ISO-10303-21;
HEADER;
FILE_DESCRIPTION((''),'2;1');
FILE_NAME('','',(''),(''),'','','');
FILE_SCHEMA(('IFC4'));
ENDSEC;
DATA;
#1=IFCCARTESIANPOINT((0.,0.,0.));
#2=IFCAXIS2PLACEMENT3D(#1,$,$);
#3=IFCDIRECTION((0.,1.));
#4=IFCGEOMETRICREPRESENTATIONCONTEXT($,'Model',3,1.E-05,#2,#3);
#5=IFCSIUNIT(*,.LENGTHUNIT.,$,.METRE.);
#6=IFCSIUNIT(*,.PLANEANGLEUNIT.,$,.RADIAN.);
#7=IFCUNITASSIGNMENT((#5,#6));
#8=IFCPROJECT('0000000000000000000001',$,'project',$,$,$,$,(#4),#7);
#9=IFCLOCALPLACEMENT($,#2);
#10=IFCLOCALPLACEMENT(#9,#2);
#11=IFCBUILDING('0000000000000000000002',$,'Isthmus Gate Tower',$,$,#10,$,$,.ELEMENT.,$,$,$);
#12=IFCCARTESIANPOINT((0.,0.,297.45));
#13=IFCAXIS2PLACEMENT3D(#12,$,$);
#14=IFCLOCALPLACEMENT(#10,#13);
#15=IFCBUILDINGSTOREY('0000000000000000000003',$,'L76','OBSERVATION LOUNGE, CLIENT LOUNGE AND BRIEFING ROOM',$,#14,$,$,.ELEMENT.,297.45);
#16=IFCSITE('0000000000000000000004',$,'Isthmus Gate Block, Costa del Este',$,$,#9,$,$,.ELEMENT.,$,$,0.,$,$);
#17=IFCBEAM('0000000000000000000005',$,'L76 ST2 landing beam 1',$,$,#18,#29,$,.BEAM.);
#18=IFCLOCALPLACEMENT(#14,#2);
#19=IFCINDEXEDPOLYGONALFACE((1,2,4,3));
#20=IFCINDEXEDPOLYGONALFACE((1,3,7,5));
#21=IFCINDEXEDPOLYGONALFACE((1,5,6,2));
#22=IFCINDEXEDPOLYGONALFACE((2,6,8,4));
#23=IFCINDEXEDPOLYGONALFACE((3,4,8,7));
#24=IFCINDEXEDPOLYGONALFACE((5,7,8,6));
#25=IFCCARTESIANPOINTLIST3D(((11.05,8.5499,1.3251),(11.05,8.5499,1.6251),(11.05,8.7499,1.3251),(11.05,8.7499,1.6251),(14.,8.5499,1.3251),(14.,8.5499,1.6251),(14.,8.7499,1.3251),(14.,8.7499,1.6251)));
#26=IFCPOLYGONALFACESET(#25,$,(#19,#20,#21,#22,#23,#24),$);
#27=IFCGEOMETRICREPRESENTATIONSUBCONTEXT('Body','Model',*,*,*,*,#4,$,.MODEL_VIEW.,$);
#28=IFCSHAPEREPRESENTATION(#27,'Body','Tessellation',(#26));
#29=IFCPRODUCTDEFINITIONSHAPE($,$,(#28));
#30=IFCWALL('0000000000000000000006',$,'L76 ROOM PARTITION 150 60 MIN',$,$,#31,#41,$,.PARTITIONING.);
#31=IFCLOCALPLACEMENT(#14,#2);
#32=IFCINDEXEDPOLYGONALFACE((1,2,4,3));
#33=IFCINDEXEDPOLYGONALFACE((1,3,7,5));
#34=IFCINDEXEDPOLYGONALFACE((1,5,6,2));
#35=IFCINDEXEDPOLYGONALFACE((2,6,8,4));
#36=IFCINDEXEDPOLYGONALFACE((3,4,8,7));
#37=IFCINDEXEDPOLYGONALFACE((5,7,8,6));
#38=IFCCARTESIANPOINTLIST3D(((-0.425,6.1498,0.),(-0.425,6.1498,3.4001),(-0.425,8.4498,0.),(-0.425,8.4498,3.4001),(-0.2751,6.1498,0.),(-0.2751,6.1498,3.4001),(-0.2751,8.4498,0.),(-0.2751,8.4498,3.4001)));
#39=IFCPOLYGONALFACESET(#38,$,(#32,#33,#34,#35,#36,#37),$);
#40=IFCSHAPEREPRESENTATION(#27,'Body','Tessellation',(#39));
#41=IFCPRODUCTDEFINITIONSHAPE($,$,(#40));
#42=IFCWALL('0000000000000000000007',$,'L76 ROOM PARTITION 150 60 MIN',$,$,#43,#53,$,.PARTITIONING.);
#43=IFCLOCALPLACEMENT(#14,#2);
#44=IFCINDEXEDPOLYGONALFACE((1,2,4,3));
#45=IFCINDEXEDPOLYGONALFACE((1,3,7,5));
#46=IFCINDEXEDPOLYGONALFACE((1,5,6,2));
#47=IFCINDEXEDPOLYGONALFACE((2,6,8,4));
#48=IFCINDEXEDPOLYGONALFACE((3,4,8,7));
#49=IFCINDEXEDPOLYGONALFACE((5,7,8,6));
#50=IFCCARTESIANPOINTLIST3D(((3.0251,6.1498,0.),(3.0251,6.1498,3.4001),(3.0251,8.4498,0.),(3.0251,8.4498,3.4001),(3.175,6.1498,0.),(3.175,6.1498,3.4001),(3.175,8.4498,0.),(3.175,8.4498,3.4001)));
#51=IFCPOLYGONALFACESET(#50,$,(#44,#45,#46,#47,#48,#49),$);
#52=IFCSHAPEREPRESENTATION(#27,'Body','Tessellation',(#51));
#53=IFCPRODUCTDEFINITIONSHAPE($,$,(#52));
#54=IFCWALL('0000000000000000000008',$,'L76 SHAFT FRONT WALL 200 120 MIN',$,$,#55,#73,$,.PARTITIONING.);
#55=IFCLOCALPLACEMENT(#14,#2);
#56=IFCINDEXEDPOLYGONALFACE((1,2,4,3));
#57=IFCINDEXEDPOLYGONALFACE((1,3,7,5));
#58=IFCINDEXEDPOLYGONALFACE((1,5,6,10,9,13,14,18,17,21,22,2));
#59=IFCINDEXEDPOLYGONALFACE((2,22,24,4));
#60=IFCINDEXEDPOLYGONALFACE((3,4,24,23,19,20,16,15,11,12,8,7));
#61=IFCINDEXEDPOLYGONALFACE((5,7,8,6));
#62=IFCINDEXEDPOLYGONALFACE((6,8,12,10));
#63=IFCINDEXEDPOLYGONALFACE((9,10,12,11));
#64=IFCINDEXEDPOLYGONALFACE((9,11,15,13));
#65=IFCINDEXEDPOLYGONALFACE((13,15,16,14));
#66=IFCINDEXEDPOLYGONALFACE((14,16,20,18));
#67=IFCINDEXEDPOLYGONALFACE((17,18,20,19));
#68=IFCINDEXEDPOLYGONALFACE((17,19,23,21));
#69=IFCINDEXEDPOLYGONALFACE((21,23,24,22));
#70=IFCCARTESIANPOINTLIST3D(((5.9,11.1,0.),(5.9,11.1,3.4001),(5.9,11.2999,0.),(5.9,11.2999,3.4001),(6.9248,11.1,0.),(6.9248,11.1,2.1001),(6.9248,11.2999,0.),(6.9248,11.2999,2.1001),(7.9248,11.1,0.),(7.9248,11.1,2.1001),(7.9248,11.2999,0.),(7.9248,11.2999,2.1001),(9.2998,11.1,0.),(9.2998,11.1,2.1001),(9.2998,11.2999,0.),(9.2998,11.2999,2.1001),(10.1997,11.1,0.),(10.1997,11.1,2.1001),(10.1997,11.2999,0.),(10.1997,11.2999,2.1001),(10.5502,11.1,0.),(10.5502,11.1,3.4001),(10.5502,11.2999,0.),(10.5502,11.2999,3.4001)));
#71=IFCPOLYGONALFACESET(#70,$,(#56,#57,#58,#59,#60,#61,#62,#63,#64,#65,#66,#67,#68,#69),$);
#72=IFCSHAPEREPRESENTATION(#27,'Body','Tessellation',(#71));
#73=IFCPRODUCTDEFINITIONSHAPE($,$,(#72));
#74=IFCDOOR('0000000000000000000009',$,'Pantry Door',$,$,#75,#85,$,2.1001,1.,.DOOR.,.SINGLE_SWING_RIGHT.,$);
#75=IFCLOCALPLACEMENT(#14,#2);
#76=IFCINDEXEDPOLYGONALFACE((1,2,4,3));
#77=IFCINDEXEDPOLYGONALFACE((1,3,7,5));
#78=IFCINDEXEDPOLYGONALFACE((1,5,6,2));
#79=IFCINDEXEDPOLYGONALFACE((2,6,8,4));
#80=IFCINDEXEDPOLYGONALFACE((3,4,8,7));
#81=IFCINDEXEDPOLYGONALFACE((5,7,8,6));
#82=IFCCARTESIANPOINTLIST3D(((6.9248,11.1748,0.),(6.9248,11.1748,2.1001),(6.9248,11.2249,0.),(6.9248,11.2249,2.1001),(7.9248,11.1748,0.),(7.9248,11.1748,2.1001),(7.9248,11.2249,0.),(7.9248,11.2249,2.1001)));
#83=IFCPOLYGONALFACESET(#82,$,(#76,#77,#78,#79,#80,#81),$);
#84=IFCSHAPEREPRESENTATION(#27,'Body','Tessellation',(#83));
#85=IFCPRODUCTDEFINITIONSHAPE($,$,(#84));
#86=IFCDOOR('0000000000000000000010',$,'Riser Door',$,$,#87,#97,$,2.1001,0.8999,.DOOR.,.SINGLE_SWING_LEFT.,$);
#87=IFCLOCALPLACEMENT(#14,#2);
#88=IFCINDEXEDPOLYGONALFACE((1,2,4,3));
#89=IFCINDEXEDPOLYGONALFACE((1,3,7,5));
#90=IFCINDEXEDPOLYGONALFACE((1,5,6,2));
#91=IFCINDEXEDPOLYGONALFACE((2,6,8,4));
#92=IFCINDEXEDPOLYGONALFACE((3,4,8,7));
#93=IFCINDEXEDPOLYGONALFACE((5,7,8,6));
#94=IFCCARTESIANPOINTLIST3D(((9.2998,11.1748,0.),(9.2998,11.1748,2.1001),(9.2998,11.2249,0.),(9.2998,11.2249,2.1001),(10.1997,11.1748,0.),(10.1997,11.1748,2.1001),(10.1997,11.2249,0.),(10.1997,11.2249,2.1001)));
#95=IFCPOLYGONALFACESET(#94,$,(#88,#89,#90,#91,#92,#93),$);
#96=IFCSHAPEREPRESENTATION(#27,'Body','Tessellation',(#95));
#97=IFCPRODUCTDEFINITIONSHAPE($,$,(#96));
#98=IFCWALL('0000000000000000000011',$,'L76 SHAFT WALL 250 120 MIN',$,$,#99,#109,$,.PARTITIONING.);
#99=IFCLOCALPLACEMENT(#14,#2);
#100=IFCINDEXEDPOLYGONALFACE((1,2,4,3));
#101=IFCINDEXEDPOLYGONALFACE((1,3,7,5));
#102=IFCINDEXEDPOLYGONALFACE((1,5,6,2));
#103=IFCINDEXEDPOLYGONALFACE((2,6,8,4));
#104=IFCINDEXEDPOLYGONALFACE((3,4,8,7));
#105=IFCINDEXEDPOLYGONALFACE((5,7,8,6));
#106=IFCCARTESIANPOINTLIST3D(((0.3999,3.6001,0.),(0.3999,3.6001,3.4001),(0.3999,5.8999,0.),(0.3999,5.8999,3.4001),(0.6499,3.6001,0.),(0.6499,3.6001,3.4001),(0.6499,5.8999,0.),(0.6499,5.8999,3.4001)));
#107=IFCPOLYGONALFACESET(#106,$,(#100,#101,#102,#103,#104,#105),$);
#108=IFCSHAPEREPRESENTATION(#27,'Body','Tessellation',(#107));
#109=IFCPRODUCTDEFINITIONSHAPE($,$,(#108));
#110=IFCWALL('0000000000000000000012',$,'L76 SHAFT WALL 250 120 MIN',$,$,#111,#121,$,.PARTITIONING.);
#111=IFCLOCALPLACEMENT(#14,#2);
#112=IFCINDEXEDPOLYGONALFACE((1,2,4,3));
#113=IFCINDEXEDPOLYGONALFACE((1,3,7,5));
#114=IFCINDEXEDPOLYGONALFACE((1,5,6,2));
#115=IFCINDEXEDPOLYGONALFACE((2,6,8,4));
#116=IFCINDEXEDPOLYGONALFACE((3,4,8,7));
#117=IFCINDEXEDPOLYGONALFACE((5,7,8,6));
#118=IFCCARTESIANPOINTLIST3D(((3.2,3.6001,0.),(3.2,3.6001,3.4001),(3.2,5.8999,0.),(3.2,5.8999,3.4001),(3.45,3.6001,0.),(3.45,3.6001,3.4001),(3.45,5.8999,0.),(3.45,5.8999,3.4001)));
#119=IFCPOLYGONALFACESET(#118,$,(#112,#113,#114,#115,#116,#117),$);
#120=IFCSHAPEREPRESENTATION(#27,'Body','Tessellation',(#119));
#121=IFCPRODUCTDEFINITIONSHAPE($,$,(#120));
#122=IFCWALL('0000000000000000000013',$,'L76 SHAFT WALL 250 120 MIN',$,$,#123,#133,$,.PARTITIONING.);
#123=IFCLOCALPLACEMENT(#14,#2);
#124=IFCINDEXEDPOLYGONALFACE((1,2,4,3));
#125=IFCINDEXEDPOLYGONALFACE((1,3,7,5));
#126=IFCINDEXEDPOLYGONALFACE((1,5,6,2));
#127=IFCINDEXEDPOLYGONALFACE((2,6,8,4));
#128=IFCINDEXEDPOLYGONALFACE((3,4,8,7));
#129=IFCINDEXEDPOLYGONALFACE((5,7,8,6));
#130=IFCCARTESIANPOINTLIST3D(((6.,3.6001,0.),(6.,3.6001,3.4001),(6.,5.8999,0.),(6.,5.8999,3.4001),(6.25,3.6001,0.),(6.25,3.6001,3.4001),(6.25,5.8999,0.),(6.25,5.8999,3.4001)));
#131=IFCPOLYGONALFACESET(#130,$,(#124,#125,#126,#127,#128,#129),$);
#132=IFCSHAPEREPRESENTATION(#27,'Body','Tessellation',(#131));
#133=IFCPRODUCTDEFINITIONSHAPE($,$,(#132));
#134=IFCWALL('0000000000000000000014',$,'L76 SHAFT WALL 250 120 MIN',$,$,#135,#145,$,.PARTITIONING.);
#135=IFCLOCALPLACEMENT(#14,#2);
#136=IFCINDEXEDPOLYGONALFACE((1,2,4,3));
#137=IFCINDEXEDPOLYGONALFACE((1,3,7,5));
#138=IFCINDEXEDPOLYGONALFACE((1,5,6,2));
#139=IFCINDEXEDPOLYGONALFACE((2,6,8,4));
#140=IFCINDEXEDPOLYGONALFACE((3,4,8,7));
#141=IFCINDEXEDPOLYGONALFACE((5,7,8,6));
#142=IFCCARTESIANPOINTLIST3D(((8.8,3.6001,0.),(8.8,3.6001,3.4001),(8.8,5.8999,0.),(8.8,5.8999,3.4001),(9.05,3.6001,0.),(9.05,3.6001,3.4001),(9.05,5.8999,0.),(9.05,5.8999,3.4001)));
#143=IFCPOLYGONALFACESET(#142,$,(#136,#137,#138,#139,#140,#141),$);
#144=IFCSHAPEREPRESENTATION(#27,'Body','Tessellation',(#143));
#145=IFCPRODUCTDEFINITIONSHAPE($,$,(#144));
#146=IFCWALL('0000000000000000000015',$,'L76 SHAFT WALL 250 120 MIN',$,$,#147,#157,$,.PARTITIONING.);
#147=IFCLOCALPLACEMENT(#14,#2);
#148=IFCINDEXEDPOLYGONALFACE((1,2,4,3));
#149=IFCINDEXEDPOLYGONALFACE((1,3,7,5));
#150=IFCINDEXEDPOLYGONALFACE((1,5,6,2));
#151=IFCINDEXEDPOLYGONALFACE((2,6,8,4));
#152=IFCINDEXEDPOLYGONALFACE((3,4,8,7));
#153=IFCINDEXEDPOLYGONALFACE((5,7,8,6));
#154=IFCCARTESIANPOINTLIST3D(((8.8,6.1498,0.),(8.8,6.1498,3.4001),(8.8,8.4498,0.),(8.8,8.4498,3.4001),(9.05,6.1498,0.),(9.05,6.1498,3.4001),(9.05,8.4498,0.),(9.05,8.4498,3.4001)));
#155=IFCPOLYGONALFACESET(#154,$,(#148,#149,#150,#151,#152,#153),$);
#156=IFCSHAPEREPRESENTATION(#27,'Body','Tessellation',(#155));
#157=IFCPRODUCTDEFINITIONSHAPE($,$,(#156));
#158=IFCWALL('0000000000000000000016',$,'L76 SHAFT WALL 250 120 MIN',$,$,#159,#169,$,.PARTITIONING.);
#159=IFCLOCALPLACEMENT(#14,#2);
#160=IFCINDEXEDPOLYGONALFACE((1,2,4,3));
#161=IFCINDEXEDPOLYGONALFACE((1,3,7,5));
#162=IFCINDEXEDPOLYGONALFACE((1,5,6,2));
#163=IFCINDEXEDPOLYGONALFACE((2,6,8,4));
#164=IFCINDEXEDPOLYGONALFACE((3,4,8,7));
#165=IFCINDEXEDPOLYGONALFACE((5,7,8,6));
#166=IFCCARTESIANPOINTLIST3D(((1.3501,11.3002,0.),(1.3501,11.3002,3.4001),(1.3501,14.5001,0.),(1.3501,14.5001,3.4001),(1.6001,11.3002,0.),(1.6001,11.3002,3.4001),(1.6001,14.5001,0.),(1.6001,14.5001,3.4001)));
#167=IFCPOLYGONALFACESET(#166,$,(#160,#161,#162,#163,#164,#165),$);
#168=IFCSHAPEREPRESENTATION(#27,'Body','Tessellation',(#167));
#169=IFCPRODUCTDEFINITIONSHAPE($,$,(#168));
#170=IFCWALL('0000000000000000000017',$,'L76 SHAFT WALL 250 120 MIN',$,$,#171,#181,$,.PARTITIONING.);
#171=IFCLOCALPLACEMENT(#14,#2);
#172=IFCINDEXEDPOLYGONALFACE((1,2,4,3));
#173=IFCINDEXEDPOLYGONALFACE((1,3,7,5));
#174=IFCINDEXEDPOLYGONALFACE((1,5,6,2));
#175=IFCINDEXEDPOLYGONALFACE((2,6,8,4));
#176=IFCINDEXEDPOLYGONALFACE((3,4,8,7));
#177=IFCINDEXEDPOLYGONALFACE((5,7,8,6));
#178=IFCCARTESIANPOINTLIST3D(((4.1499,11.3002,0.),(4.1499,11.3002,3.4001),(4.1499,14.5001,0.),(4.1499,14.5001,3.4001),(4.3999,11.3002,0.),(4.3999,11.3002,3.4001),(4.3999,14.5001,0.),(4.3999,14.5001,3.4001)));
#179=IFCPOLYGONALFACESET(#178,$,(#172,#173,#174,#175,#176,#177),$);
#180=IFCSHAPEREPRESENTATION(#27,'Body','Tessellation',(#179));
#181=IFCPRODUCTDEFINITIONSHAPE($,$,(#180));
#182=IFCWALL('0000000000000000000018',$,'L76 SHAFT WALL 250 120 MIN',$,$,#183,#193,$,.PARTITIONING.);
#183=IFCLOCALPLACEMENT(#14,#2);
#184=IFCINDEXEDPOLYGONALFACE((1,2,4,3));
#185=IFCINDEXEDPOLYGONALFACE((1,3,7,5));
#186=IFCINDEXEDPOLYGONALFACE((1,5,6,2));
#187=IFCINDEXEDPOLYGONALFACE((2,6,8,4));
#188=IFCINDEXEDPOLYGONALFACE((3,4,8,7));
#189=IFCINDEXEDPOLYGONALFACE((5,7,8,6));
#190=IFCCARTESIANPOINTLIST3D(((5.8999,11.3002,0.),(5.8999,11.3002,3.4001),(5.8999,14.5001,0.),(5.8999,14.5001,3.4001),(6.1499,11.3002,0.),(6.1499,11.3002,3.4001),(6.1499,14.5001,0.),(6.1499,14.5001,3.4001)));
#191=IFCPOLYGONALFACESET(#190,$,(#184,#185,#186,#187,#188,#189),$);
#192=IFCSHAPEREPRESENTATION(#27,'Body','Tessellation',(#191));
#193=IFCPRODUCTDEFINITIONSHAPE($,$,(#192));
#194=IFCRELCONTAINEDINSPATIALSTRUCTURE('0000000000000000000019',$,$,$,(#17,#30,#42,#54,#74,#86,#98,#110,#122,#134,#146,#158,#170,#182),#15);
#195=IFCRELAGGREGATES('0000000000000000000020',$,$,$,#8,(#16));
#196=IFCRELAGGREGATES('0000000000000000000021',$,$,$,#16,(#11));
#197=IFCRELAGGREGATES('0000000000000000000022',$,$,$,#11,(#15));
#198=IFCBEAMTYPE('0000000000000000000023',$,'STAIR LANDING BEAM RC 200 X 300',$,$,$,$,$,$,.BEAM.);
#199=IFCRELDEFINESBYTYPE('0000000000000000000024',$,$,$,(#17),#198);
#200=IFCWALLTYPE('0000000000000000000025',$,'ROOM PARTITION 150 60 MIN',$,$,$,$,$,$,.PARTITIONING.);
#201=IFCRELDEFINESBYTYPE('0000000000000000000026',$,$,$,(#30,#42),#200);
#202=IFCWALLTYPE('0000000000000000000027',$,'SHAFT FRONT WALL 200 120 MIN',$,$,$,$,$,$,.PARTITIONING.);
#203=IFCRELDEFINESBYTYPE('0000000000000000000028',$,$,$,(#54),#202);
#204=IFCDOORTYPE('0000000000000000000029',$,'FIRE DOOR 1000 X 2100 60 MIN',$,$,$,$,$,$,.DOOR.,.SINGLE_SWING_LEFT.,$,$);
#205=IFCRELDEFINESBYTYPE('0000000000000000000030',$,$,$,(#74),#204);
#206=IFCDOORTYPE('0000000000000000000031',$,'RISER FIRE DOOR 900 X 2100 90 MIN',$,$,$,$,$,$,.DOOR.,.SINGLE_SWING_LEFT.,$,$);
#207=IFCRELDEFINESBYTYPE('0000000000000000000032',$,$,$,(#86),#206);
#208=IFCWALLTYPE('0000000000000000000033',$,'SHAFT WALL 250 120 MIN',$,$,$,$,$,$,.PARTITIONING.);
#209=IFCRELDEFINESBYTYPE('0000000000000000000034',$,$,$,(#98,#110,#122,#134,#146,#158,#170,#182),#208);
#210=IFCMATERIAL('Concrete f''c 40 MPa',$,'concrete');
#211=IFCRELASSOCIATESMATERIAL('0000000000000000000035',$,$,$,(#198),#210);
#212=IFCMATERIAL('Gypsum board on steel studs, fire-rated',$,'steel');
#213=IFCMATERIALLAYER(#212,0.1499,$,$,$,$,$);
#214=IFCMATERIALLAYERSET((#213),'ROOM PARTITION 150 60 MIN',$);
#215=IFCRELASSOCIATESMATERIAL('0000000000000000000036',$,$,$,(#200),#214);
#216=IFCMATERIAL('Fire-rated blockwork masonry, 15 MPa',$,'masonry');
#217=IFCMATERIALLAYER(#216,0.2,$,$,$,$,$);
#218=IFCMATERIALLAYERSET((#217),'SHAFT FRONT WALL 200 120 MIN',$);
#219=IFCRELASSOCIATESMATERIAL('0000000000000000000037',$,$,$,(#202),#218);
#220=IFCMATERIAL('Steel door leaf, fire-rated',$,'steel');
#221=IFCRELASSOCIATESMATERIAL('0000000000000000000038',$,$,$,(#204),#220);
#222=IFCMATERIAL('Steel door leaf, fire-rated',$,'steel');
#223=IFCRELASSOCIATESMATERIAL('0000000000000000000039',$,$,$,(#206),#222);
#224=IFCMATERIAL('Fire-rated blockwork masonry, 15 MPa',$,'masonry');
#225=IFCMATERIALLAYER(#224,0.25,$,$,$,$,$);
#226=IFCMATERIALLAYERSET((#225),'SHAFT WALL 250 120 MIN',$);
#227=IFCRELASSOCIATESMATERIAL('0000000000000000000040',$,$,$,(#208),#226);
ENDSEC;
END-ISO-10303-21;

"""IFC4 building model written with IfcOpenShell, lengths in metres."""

from ifc_helpers import new_model, si_unit, direction, frame, frame_2d, origin, origin_2d, place, context, subcontext, project, spatial, rectangle, extrude, material, layer, layer_set, material_profile, profile_set, type_object, element, fill, save


model = new_model("IFC4")

# Units and contexts
model_context = context("Model", 3, precision=1e-05, world=origin(), true_north=direction((0.0, 1.0)))
body_context = subcontext(model_context, "Body", "Model", "MODEL_VIEW")
ifc_project = project(units=[si_unit("LENGTHUNIT", "METRE"), si_unit("PLANEANGLEUNIT", "RADIAN")], contexts=[model_context])

# Site, building, storey
site_placement = place(None, origin())
site = spatial("IfcSite", under=ifc_project, at=site_placement, Name="Isthmus Gate Block, Costa del Este", CompositionType="ELEMENT", RefElevation=0.0)
building_placement = place(site_placement, origin())
building = spatial("IfcBuilding", under=site, at=building_placement, Name="Isthmus Gate Tower", CompositionType="ELEMENT")
storey_placement = place(building_placement, frame((0.0, 0.0, 297.45)))
storey = spatial("IfcBuildingStorey", under=building, at=storey_placement, Name="L76", Description="OBSERVATION LOUNGE, CLIENT LOUNGE AND BRIEFING ROOM", CompositionType="ELEMENT", Elevation=297.45)

# Beam
ifc_material_1 = material(Name="Concrete f'c 40 MPa", Category="concrete")
ifc_material_profile = material_profile(ifc_material_1, rectangle(XDim=0.2, YDim=0.3, at=origin_2d()), Name="STAIR LANDING BEAM RC 200 X 300")
ifc_profile_set = profile_set([ifc_material_profile], Name="Concrete f'c 40 MPa")
beam_type = type_object("IfcBeamType", Name="STAIR LANDING BEAM RC 200 X 300", PredefinedType="BEAM", material=ifc_profile_set)
beam_placement = place(storey_placement, frame((11.05, 8.6499, 1.4751), z_axis=(1.0, 0.0, 0.0), x_axis=(0.0, 1.0, 0.0)))
element("IfcBeam", 1, at=beam_placement, inside=storey, type_object=beam_type, Name="L76 ST2 landing beam 1", PredefinedType="BEAM", context=body_context, shape_type="SweptSolid", body=[
    extrude(rectangle(XDim=0.2, YDim=0.3, at=origin_2d()), origin(), (0.0, 0.0, 1.0), 2.95),
])

# Walls
ifc_material_2 = material(Name="Gypsum board on steel studs, fire-rated", Category="steel")
ifc_layer_1 = layer(ifc_material_2, 0.1499)
ifc_layer_set_1 = layer_set([ifc_layer_1], Name="ROOM PARTITION 150 60 MIN")
wall_type_1 = type_object("IfcWallType", Name="ROOM PARTITION 150 60 MIN", PredefinedType="PARTITIONING", material=ifc_layer_set_1)
for number, where, z_axis, x_axis, name in (
    (2, (-0.3501, 6.1499, 0.0), (0.0, 0.0, 1.0), (0.0, 1.0, 0.0), "L76 ROOM PARTITION 150 60 MIN"),
    (3, (3.1001, 6.1499, 0.0), (0.0, 0.0, 1.0), (0.0, 1.0, 0.0), "L76 ROOM PARTITION 150 60 MIN"),
):
    element("IfcWall", number, at=place(storey_placement, frame(where, z_axis=z_axis, x_axis=x_axis)), inside=storey, type_object=wall_type_1, Name=name, PredefinedType="PARTITIONING", context=body_context, shape_type="SweptSolid", body=[
        extrude(rectangle(XDim=2.3, YDim=0.1499, at=frame_2d((1.1499, 0.0))), origin(), (0.0, 0.0, 1.0), 3.4001),
    ])

# Wall, openings, doors
ifc_material_3 = material(Name="Fire-rated blockwork masonry, 15 MPa", Category="masonry")
ifc_layer_2 = layer(ifc_material_3, 0.2)
ifc_layer_set_2 = layer_set([ifc_layer_2], Name="SHAFT FRONT WALL 200 120 MIN")
wall_type_2 = type_object("IfcWallType", Name="SHAFT FRONT WALL 200 120 MIN", PredefinedType="PARTITIONING", material=ifc_layer_set_2)
wall_1_placement = place(storey_placement, frame((5.8999, 11.2, 0.0), z_axis=(0.0, 0.0, 1.0), x_axis=(1.0, 0.0, 0.0)))
wall_1 = element("IfcWall", 4, at=wall_1_placement, inside=storey, type_object=wall_type_2, Name="L76 SHAFT FRONT WALL 200 120 MIN", PredefinedType="PARTITIONING", context=body_context, shape_type="SweptSolid", body=[
    extrude(rectangle(XDim=4.6501, YDim=0.2, at=frame_2d((2.3252, 0.0))), origin(), (0.0, 0.0, 1.0), 3.4001),
])
opening_1_placement = place(wall_1_placement, frame((1.0249, 0.0, 0.0)))
opening_1 = element("IfcOpeningElement", 5, at=opening_1_placement, cuts=wall_1, PredefinedType="OPENING", context=body_context, shape_type="SweptSolid", body=[
    extrude(rectangle(XDim=1.0, YDim=2.1001, at=frame_2d((0.5, 1.05))), frame((0.0, 0.1099, 0.0), z_axis=(0.0, -1.0, 0.0), x_axis=(1.0, 0.0, 0.0)), (0.0, 0.0, 1.0), 0.22),
])
opening_2_placement = place(wall_1_placement, frame((3.3999, 0.0, 0.0)))
opening_2 = element("IfcOpeningElement", 6, at=opening_2_placement, cuts=wall_1, PredefinedType="OPENING", context=body_context, shape_type="SweptSolid", body=[
    extrude(rectangle(XDim=0.8999, YDim=2.1001, at=frame_2d((0.45, 1.05))), frame((0.0, 0.1099, 0.0), z_axis=(0.0, -1.0, 0.0), x_axis=(1.0, 0.0, 0.0)), (0.0, 0.0, 1.0), 0.22),
])
ifc_material_4 = material(Name="Steel door leaf, fire-rated", Category="steel")
door_type_1 = type_object("IfcDoorType", Name="FIRE DOOR 1000 X 2100 60 MIN", OperationType="SINGLE_SWING_LEFT", PredefinedType="DOOR", material=ifc_material_4)
door_1_placement = place(opening_1_placement, origin())
door_1 = element("IfcDoor", 7, at=door_1_placement, inside=storey, type_object=door_type_1, Name="Pantry Door", OperationType="SINGLE_SWING_RIGHT", OverallHeight=2.1001, OverallWidth=1.0, PredefinedType="DOOR", context=body_context, shape_type="SweptSolid", body=[
    extrude(rectangle(XDim=1.0, YDim=2.1001, at=frame_2d((0.5, 1.05))), frame((0.0, 0.0249, 0.0), z_axis=(0.0, -1.0, 0.0), x_axis=(1.0, 0.0, 0.0)), (0.0, 0.0, 1.0), 0.05),
])
fill(opening_1, door_1)
ifc_material_5 = material(Name="Steel door leaf, fire-rated", Category="steel")
door_type_2 = type_object("IfcDoorType", Name="RISER FIRE DOOR 900 X 2100 90 MIN", OperationType="SINGLE_SWING_LEFT", PredefinedType="DOOR", material=ifc_material_5)
door_2_placement = place(opening_2_placement, origin())
door_2 = element("IfcDoor", 8, at=door_2_placement, inside=storey, type_object=door_type_2, Name="Riser Door", OperationType="SINGLE_SWING_LEFT", OverallHeight=2.1001, OverallWidth=0.8999, PredefinedType="DOOR", context=body_context, shape_type="SweptSolid", body=[
    extrude(rectangle(XDim=0.8999, YDim=2.1001, at=frame_2d((0.45, 1.05))), frame((0.0, 0.0249, 0.0), z_axis=(0.0, -1.0, 0.0), x_axis=(1.0, 0.0, 0.0)), (0.0, 0.0, 1.0), 0.05),
])
fill(opening_2, door_2)

# Walls
ifc_material_6 = material(Name="Fire-rated blockwork masonry, 15 MPa", Category="masonry")
ifc_layer_3 = layer(ifc_material_6, 0.25)
ifc_layer_set_3 = layer_set([ifc_layer_3], Name="SHAFT WALL 250 120 MIN")
wall_type_3 = type_object("IfcWallType", Name="SHAFT WALL 250 120 MIN", PredefinedType="PARTITIONING", material=ifc_layer_set_3)
for number, where, z_axis, x_axis, name in (
    (9, (0.5249, 3.6001, 0.0), (0.0, 0.0, 1.0), (0.0, 1.0, 0.0), "L76 SHAFT WALL 250 120 MIN"),
    (10, (3.325, 3.6001, 0.0), (0.0, 0.0, 1.0), (0.0, 1.0, 0.0), "L76 SHAFT WALL 250 120 MIN"),
    (11, (6.125, 3.6001, 0.0), (0.0, 0.0, 1.0), (0.0, 1.0, 0.0), "L76 SHAFT WALL 250 120 MIN"),
    (12, (8.925, 3.6001, 0.0), (0.0, 0.0, 1.0), (0.0, 1.0, 0.0), "L76 SHAFT WALL 250 120 MIN"),
):
    element("IfcWall", number, at=place(storey_placement, frame(where, z_axis=z_axis, x_axis=x_axis)), inside=storey, type_object=wall_type_3, Name=name, PredefinedType="PARTITIONING", context=body_context, shape_type="SweptSolid", body=[
        extrude(rectangle(XDim=2.2998, YDim=0.25, at=frame_2d((1.1499, 0.0))), origin(), (0.0, 0.0, 1.0), 3.4001),
    ])
wall_2_placement = place(storey_placement, frame((8.925, 6.1499, 0.0), z_axis=(0.0, 0.0, 1.0), x_axis=(0.0, 1.0, 0.0)))
element("IfcWall", 13, at=wall_2_placement, inside=storey, type_object=wall_type_3, Name="L76 SHAFT WALL 250 120 MIN", PredefinedType="PARTITIONING", context=body_context, shape_type="SweptSolid", body=[
    extrude(rectangle(XDim=2.3, YDim=0.25, at=frame_2d((1.1499, 0.0))), origin(), (0.0, 0.0, 1.0), 3.4001),
])
for number, where, z_axis, x_axis, name in (
    (14, (1.4751, 11.3, 0.0), (0.0, 0.0, 1.0), (0.0, 1.0, 0.0), "L76 SHAFT WALL 250 120 MIN"),
    (15, (4.2749, 11.3, 0.0), (0.0, 0.0, 1.0), (0.0, 1.0, 0.0), "L76 SHAFT WALL 250 120 MIN"),
    (16, (6.0249, 11.3, 0.0), (0.0, 0.0, 1.0), (0.0, 1.0, 0.0), "L76 SHAFT WALL 250 120 MIN"),
):
    element("IfcWall", number, at=place(storey_placement, frame(where, z_axis=z_axis, x_axis=x_axis)), inside=storey, type_object=wall_type_3, Name=name, PredefinedType="PARTITIONING", context=body_context, shape_type="SweptSolid", body=[
        extrude(rectangle(XDim=3.2, YDim=0.25, at=frame_2d((1.6001, 0.0))), origin(), (0.0, 0.0, 1.0), 3.4001),
    ])

save(model, "model.ifc")
